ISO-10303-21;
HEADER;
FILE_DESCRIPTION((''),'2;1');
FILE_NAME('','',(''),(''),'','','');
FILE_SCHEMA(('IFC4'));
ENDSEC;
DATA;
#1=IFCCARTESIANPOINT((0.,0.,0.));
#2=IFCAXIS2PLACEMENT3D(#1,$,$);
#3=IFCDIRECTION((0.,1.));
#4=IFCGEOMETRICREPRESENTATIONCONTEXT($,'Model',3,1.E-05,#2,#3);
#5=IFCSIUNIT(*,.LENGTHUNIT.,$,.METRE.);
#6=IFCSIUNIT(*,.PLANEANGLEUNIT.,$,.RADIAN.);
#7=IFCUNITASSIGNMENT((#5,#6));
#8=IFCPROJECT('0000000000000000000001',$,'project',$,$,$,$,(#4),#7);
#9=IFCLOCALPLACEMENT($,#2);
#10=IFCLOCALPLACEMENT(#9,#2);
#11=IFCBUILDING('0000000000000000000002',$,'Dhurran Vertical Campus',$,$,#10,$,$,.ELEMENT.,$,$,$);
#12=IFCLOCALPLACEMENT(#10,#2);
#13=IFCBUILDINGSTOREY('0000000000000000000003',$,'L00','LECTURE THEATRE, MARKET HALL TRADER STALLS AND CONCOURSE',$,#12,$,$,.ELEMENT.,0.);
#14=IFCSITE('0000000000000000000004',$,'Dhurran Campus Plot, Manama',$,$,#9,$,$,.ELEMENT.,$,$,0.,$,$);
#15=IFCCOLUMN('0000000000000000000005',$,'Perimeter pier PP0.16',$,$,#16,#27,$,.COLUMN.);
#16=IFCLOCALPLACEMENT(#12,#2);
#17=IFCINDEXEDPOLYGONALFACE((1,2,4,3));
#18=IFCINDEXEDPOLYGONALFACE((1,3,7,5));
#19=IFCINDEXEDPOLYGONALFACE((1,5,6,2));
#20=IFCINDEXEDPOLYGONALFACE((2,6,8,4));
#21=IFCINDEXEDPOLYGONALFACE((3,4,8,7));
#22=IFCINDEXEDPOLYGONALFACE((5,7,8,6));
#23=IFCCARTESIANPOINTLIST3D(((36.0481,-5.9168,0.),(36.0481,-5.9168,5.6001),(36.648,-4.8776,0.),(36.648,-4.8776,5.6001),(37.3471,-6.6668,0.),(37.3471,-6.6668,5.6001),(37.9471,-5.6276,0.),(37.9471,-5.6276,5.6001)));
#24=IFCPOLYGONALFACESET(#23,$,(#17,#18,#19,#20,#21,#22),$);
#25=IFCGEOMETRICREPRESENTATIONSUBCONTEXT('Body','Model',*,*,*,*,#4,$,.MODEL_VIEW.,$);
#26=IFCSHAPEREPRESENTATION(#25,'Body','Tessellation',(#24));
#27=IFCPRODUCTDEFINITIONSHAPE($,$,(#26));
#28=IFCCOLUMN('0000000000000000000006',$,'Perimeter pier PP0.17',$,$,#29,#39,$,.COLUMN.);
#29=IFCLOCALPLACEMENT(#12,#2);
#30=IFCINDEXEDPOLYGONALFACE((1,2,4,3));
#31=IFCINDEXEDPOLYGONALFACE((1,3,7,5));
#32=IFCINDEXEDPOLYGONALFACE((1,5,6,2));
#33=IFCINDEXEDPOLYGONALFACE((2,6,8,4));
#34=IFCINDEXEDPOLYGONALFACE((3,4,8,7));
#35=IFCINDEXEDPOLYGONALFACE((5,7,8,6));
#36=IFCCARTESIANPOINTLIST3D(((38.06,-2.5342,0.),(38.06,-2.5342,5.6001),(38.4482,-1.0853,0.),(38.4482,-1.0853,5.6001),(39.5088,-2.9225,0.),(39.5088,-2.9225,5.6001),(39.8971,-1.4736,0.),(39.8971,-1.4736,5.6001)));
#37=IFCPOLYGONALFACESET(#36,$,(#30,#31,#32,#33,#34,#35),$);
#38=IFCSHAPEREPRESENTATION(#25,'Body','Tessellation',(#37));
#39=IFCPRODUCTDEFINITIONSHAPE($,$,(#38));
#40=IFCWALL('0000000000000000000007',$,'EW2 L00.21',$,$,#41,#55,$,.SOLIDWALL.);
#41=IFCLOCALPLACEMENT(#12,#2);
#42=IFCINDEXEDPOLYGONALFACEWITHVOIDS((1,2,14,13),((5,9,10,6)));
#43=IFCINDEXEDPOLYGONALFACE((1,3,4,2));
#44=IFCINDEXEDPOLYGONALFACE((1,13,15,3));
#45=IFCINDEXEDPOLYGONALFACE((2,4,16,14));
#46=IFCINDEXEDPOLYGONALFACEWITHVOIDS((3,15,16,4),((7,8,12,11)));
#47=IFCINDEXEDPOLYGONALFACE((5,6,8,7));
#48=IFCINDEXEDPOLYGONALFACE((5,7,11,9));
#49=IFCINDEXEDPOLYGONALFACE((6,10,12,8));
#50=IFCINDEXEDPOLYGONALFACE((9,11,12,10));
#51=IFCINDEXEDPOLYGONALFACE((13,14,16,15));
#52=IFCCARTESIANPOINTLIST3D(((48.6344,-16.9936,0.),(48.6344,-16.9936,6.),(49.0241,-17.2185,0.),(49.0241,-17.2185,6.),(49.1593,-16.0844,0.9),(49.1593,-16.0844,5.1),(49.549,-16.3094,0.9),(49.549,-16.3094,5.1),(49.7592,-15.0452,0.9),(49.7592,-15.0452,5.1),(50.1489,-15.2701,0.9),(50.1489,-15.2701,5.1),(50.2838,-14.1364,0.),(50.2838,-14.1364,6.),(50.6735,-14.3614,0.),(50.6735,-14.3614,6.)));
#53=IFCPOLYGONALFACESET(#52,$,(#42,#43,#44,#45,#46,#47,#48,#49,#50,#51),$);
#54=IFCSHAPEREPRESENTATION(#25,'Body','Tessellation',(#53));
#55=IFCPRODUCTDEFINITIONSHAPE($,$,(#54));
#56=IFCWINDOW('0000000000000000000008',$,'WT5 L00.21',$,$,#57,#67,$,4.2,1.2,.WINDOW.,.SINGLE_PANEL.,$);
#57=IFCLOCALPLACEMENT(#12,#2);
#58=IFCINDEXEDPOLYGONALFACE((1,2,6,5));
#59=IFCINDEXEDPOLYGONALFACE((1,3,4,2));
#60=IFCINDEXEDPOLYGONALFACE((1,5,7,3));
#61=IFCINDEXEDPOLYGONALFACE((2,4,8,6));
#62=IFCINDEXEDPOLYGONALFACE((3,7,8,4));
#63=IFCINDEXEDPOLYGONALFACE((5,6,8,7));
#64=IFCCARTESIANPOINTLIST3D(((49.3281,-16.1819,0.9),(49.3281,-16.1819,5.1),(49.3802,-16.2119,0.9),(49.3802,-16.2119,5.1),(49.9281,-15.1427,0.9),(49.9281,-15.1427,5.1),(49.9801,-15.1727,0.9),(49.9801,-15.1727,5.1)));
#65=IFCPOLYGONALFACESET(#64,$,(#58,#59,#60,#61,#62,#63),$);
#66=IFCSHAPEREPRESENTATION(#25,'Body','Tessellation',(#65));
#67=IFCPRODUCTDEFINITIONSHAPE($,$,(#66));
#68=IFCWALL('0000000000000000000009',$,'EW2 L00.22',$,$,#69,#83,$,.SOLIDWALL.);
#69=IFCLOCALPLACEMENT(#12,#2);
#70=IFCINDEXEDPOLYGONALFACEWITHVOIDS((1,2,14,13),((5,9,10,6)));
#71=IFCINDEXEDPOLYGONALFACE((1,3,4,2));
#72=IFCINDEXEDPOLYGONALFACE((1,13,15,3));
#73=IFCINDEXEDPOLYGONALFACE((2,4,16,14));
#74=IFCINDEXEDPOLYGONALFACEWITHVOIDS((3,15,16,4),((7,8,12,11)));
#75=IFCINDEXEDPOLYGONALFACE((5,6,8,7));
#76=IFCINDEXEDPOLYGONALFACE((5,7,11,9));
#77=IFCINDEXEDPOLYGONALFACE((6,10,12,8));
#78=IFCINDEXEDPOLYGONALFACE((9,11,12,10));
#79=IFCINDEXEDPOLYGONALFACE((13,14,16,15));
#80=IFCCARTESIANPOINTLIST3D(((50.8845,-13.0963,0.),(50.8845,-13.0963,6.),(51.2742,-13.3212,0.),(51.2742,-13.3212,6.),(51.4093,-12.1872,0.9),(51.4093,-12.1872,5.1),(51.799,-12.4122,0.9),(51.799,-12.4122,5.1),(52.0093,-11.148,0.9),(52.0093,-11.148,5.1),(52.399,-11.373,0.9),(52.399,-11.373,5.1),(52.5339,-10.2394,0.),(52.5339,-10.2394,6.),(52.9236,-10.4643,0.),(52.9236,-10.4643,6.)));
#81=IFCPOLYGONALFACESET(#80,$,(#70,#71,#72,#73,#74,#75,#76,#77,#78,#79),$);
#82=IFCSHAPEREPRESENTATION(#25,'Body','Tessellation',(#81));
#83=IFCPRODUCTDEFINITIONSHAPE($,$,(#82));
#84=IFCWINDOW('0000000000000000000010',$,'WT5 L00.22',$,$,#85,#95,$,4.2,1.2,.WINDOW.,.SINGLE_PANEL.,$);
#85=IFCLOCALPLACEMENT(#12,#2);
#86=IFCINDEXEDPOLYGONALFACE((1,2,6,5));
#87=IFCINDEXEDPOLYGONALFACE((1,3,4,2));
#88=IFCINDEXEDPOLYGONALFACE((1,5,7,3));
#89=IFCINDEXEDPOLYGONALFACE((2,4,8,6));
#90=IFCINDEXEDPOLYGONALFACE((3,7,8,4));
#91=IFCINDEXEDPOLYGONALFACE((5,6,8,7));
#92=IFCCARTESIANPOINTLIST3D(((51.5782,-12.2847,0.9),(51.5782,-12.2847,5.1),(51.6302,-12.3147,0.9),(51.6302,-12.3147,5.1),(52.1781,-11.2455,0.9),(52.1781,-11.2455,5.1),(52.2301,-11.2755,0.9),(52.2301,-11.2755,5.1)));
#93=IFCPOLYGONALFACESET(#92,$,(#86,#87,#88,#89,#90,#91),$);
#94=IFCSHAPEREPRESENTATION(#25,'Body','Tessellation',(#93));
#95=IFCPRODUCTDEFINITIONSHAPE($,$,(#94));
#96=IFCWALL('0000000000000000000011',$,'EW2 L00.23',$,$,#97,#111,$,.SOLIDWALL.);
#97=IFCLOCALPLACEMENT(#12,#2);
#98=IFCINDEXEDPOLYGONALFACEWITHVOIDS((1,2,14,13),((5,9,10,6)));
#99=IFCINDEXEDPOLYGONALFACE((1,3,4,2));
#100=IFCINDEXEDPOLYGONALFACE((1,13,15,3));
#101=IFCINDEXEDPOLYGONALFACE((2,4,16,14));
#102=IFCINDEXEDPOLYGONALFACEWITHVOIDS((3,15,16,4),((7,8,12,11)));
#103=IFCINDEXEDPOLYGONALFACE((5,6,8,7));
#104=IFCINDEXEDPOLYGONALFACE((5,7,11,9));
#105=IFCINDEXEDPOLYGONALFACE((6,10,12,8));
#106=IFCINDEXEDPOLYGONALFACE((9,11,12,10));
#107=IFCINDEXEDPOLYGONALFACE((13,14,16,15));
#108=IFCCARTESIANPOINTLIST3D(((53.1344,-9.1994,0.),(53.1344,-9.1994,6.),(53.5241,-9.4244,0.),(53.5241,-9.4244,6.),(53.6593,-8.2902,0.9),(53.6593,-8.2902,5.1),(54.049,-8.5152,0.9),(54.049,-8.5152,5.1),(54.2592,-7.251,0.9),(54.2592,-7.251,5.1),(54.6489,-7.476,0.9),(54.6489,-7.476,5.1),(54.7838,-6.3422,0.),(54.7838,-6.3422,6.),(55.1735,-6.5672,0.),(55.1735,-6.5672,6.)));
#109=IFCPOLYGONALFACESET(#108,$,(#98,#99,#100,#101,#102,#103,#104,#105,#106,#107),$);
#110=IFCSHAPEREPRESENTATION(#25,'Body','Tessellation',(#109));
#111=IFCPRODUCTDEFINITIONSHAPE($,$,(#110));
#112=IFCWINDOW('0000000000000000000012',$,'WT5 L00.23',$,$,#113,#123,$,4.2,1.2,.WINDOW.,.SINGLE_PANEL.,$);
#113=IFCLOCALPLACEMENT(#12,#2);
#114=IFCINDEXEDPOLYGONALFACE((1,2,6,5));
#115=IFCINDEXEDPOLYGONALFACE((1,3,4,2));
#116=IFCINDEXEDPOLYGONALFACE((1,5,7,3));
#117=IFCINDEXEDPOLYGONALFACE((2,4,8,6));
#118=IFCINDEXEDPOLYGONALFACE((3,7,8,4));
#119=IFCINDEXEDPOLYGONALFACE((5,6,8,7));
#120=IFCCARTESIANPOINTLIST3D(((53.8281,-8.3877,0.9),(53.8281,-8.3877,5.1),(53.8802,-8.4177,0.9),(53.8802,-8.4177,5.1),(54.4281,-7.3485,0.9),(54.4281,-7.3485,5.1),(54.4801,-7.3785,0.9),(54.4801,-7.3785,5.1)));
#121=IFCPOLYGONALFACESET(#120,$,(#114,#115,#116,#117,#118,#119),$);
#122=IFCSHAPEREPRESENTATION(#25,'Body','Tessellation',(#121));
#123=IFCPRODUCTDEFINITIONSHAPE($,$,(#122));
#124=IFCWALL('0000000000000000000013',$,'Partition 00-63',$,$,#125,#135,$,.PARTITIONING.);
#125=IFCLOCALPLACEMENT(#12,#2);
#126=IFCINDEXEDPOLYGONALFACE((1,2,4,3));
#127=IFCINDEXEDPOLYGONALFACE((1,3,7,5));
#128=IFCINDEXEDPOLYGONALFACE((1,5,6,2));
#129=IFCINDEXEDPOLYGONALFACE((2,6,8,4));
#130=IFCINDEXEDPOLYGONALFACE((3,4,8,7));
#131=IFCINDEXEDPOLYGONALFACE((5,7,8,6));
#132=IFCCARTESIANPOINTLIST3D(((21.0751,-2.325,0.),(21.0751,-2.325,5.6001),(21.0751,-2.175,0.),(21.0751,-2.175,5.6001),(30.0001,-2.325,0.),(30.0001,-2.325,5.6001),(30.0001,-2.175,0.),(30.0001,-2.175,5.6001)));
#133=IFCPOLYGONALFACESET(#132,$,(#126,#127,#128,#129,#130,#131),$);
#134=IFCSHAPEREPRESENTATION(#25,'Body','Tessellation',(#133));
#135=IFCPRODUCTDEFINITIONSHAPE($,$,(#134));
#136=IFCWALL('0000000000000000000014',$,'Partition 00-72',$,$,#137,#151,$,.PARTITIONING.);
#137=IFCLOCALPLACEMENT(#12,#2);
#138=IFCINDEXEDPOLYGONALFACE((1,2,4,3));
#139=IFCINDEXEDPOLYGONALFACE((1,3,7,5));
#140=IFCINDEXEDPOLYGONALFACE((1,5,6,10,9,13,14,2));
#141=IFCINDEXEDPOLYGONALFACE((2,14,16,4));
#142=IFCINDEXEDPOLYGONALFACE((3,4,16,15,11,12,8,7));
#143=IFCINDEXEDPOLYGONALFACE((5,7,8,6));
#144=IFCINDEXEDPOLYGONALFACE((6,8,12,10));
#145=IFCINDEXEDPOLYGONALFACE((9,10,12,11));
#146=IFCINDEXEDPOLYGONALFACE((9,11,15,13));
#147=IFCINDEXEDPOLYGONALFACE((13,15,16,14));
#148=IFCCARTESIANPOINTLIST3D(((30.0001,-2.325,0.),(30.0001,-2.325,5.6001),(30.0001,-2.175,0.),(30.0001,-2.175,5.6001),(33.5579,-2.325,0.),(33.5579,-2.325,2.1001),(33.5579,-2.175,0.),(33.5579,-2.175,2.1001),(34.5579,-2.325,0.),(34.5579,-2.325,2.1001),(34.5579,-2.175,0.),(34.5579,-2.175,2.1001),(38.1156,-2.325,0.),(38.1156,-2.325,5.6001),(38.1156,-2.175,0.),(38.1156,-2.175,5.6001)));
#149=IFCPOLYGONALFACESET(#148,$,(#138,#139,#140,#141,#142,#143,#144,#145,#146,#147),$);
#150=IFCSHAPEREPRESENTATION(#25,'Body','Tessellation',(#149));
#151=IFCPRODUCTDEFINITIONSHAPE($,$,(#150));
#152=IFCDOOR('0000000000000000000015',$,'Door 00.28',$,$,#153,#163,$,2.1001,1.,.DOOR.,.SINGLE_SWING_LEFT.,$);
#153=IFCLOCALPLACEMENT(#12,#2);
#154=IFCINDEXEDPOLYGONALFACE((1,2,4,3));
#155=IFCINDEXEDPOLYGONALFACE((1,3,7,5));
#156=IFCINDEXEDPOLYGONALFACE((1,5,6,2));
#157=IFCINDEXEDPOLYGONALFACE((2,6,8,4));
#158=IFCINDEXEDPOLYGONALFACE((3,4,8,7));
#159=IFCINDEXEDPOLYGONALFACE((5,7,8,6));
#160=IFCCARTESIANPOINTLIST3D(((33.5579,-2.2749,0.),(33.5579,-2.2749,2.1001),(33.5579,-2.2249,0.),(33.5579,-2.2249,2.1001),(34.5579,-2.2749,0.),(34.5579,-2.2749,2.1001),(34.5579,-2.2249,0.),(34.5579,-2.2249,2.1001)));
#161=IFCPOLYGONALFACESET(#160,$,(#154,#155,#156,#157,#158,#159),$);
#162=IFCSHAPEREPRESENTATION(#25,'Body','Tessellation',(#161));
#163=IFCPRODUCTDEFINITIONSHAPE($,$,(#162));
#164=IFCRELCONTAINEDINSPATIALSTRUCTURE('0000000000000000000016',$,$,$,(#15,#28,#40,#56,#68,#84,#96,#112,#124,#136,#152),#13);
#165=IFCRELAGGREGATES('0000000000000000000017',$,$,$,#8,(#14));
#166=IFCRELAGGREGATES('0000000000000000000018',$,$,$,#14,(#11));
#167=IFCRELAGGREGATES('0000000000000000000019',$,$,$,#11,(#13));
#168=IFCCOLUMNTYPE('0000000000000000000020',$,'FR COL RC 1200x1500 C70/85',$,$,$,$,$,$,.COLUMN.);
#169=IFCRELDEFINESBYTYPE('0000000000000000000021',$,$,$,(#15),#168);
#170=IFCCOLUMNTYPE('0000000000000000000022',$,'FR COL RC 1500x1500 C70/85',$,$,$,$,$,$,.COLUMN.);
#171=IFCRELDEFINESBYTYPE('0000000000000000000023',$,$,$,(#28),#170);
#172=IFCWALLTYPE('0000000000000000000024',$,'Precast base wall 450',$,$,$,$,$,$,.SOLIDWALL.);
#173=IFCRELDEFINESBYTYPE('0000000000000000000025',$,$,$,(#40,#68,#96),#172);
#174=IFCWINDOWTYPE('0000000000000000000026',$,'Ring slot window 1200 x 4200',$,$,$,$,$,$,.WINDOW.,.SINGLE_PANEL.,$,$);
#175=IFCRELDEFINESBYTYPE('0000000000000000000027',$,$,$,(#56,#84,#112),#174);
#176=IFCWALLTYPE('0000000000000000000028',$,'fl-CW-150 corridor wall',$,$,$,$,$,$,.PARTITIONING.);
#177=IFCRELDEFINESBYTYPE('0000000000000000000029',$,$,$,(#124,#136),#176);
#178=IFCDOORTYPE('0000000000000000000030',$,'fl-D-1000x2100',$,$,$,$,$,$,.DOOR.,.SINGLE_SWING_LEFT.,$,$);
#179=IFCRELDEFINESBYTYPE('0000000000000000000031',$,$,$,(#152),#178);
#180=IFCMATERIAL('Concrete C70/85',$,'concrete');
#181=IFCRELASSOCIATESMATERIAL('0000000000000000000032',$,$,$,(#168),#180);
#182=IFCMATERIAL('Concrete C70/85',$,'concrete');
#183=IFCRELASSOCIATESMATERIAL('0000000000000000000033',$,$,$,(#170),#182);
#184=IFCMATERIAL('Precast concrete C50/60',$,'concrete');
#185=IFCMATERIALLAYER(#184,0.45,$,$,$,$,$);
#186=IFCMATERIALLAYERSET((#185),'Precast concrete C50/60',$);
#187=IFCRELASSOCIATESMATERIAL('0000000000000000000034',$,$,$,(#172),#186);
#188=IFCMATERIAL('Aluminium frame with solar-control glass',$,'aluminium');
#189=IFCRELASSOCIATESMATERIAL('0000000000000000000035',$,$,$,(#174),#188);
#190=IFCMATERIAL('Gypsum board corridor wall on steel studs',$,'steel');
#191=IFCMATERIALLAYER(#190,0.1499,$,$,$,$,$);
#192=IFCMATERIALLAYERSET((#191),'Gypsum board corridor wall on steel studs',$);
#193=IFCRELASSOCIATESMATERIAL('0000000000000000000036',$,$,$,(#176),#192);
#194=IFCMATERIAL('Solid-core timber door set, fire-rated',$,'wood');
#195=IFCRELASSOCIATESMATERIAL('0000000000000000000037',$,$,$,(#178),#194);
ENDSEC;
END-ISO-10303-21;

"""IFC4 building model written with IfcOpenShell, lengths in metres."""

from ifc_helpers import new_model, si_unit, direction, frame, frame_2d, origin, origin_2d, place, context, subcontext, project, spatial, rectangle, extrude, material, layer, layer_set, material_profile, profile_set, type_object, element, fill, save


model = new_model("IFC4")

# Units and contexts
model_context = context("Model", 3, precision=1e-05, world=origin(), true_north=direction((0.0, 1.0)))
body_context = subcontext(model_context, "Body", "Model", "MODEL_VIEW")
ifc_project = project(units=[si_unit("LENGTHUNIT", "METRE"), si_unit("PLANEANGLEUNIT", "RADIAN")], contexts=[model_context])

# Site, building, storey
site_placement = place(None, origin())
site = spatial("IfcSite", under=ifc_project, at=site_placement, Name="Dhurran Campus Plot, Manama", CompositionType="ELEMENT", RefElevation=0.0)
building_placement = place(site_placement, origin())
building = spatial("IfcBuilding", under=site, at=building_placement, Name="Dhurran Vertical Campus", CompositionType="ELEMENT")
storey_placement = place(building_placement, origin())
storey = spatial("IfcBuildingStorey", under=building, at=storey_placement, Name="L00", Description="LECTURE THEATRE, MARKET HALL TRADER STALLS AND CONCOURSE", CompositionType="ELEMENT", Elevation=0.0)

# Columns
ifc_material_1 = material(Name="Concrete C70/85", Category="concrete")
ifc_material_profile_1 = material_profile(ifc_material_1, rectangle(XDim=1.2, YDim=1.5, at=origin_2d()), Name="RC 1200x1500")
ifc_profile_set_1 = profile_set([ifc_material_profile_1], Name="Concrete C70/85")
column_type_1 = type_object("IfcColumnType", Name="FR COL RC 1200x1500 C70/85", PredefinedType="COLUMN", material=ifc_profile_set_1)
for number, where, z_axis, x_axis, name in (
    (1, (36.9976, -5.7722, 0.0), (0.0, 0.0, 1.0), (0.5, 0.866025, 0.0), "Perimeter pier PP0.16"),
):
    element("IfcColumn", number, at=place(storey_placement, frame(where, z_axis=z_axis, x_axis=x_axis)), inside=storey, type_object=column_type_1, Name=name, PredefinedType="COLUMN", context=body_context, shape_type="SweptSolid", body=[
        extrude(rectangle(XDim=1.2, YDim=1.5, at=origin_2d()), origin(), (0.0, 0.0, 1.0), 5.6001),
    ])
ifc_material_2 = material(Name="Concrete C70/85", Category="concrete")
ifc_material_profile_2 = material_profile(ifc_material_2, rectangle(XDim=1.5, YDim=1.5, at=origin_2d()), Name="RC 1500x1500")
ifc_profile_set_2 = profile_set([ifc_material_profile_2], Name="Concrete C70/85")
column_type_2 = type_object("IfcColumnType", Name="FR COL RC 1500x1500 C70/85", PredefinedType="COLUMN", material=ifc_profile_set_2)
column_placement = place(storey_placement, frame((38.9785, -2.0039, 0.0), z_axis=(0.0, 0.0, 1.0), x_axis=(0.258819, 0.965926, 0.0)))
element("IfcColumn", 2, at=column_placement, inside=storey, type_object=column_type_2, Name="Perimeter pier PP0.17", PredefinedType="COLUMN", context=body_context, shape_type="SweptSolid", body=[
    extrude(rectangle(XDim=1.5, YDim=1.5, at=origin_2d()), origin(), (0.0, 0.0, 1.0), 5.6001),
])

# Walls, openings, windows
ifc_material_3 = material(Name="Precast concrete C50/60", Category="concrete")
ifc_layer_1 = layer(ifc_material_3, 0.45)
ifc_layer_set_1 = layer_set([ifc_layer_1], Name="Precast concrete C50/60")
wall_type_1 = type_object("IfcWallType", Name="Precast base wall 450", PredefinedType="SOLIDWALL", material=ifc_layer_set_1)
wall_1_placement = place(storey_placement, frame((48.8293, -17.106, 0.0), z_axis=(0.0, 0.0, 1.0), x_axis=(0.499959, 0.866049, 0.0)))
wall_1 = element("IfcWall", 3, at=wall_1_placement, inside=storey, type_object=wall_type_1, Name="EW2 L00.21", PredefinedType="SOLIDWALL", context=body_context, shape_type="SweptSolid", body=[
    extrude(rectangle(XDim=3.2991, YDim=0.45, at=frame_2d((1.6494, 0.0))), origin(), (0.0, 0.0, 1.0), 6.0),
])
opening_1_placement = place(wall_1_placement, frame((1.0496, 0.0, 0.8999)))
opening_1 = element("IfcOpeningElement", 4, at=opening_1_placement, cuts=wall_1, PredefinedType="OPENING", context=body_context, shape_type="SweptSolid", body=[
    extrude(rectangle(XDim=1.2, YDim=4.2, at=frame_2d((0.6001, 2.1001))), frame((0.0, 0.2349, 0.0), z_axis=(0.0, -1.0, 0.0), x_axis=(1.0, 0.0, 0.0)), (0.0, 0.0, 1.0), 0.47),
])
ifc_material_4 = material(Name="Aluminium frame with solar-control glass", Category="aluminium")
window_type = type_object("IfcWindowType", Name="Ring slot window 1200 x 4200", PartitioningType="SINGLE_PANEL", PredefinedType="WINDOW", material=ifc_material_4)
window_1_placement = place(opening_1_placement, origin())
window_1 = element("IfcWindow", 5, at=window_1_placement, inside=storey, type_object=window_type, Name="WT5 L00.21", OverallHeight=4.2, OverallWidth=1.2, PartitioningType="SINGLE_PANEL", PredefinedType="WINDOW", context=body_context, shape_type="SweptSolid", body=[
    extrude(rectangle(XDim=1.2, YDim=4.2, at=frame_2d((0.6001, 2.1001))), frame((0.0, 0.03, 0.0), z_axis=(0.0, -1.0, 0.0), x_axis=(1.0, 0.0, 0.0)), (0.0, 0.0, 1.0), 0.0601),
])
fill(opening_1, window_1)
wall_2_placement = place(storey_placement, frame((51.0793, -13.2087, 0.0), z_axis=(0.0, 0.0, 1.0), x_axis=(0.499992, 0.86603, 0.0)))
wall_2 = element("IfcWall", 6, at=wall_2_placement, inside=storey, type_object=wall_type_1, Name="EW2 L00.22", PredefinedType="SOLIDWALL", context=body_context, shape_type="SweptSolid", body=[
    extrude(rectangle(XDim=3.2988, YDim=0.45, at=frame_2d((1.6494, 0.0))), origin(), (0.0, 0.0, 1.0), 6.0),
])
opening_2_placement = place(wall_2_placement, frame((1.0496, 0.0, 0.8999)))
opening_2 = element("IfcOpeningElement", 7, at=opening_2_placement, cuts=wall_2, PredefinedType="OPENING", context=body_context, shape_type="SweptSolid", body=[
    extrude(rectangle(XDim=1.2, YDim=4.2, at=frame_2d((0.6001, 2.1001))), frame((0.0, 0.2349, 0.0), z_axis=(0.0, -1.0, 0.0), x_axis=(1.0, 0.0, 0.0)), (0.0, 0.0, 1.0), 0.47),
])
window_2_placement = place(opening_2_placement, origin())
window_2 = element("IfcWindow", 8, at=window_2_placement, inside=storey, type_object=window_type, Name="WT5 L00.22", OverallHeight=4.2, OverallWidth=1.2, PartitioningType="SINGLE_PANEL", PredefinedType="WINDOW", context=body_context, shape_type="SweptSolid", body=[
    extrude(rectangle(XDim=1.2, YDim=4.2, at=frame_2d((0.6001, 2.1001))), frame((0.0, 0.03, 0.0), z_axis=(0.0, -1.0, 0.0), x_axis=(1.0, 0.0, 0.0)), (0.0, 0.0, 1.0), 0.0601),
])
fill(opening_2, window_2)
wall_3_placement = place(storey_placement, frame((53.3293, -9.3118, 0.0), z_axis=(0.0, 0.0, 1.0), x_axis=(0.499959, 0.866049, 0.0)))
wall_3 = element("IfcWall", 9, at=wall_3_placement, inside=storey, type_object=wall_type_1, Name="EW2 L00.23", PredefinedType="SOLIDWALL", context=body_context, shape_type="SweptSolid", body=[
    extrude(rectangle(XDim=3.2991, YDim=0.45, at=frame_2d((1.6494, 0.0))), origin(), (0.0, 0.0, 1.0), 6.0),
])
opening_3_placement = place(wall_3_placement, frame((1.0496, 0.0, 0.8999)))
opening_3 = element("IfcOpeningElement", 10, at=opening_3_placement, cuts=wall_3, PredefinedType="OPENING", context=body_context, shape_type="SweptSolid", body=[
    extrude(rectangle(XDim=1.2, YDim=4.2, at=frame_2d((0.6001, 2.1001))), frame((0.0, 0.2349, 0.0), z_axis=(0.0, -1.0, 0.0), x_axis=(1.0, 0.0, 0.0)), (0.0, 0.0, 1.0), 0.47),
])
window_3_placement = place(opening_3_placement, origin())
window_3 = element("IfcWindow", 11, at=window_3_placement, inside=storey, type_object=window_type, Name="WT5 L00.23", OverallHeight=4.2, OverallWidth=1.2, PartitioningType="SINGLE_PANEL", PredefinedType="WINDOW", context=body_context, shape_type="SweptSolid", body=[
    extrude(rectangle(XDim=1.2, YDim=4.2, at=frame_2d((0.6001, 2.1001))), frame((0.0, 0.03, 0.0), z_axis=(0.0, -1.0, 0.0), x_axis=(1.0, 0.0, 0.0)), (0.0, 0.0, 1.0), 0.0601),
])
fill(opening_3, window_3)

# Wall
ifc_material_5 = material(Name="Gypsum board corridor wall on steel studs", Category="steel")
ifc_layer_2 = layer(ifc_material_5, 0.1499)
ifc_layer_set_2 = layer_set([ifc_layer_2], Name="Gypsum board corridor wall on steel studs")
wall_type_2 = type_object("IfcWallType", Name="fl-CW-150 corridor wall", PredefinedType="PARTITIONING", material=ifc_layer_set_2)
wall_4_placement = place(storey_placement, frame((30.0, -2.25, 0.0), z_axis=(0.0, 0.0, 1.0), x_axis=(-1.0, 0.0, 0.0)))
element("IfcWall", 12, at=wall_4_placement, inside=storey, type_object=wall_type_2, Name="Partition 00-63", PredefinedType="PARTITIONING", context=body_context, shape_type="SweptSolid", body=[
    extrude(rectangle(XDim=8.925, YDim=0.1499, at=frame_2d((4.4624, 0.0))), origin(), (0.0, 0.0, 1.0), 5.6001),
])

# Wall, opening, door
wall_5_placement = place(storey_placement, frame((38.1155, -2.25, 0.0), z_axis=(0.0, 0.0, 1.0), x_axis=(-1.0, 0.0, 0.0)))
wall_5 = element("IfcWall", 13, at=wall_5_placement, inside=storey, type_object=wall_type_2, Name="Partition 00-72", PredefinedType="PARTITIONING", context=body_context, shape_type="SweptSolid", body=[
    extrude(rectangle(XDim=8.1155, YDim=0.1499, at=frame_2d((4.0576, 0.0))), origin(), (0.0, 0.0, 1.0), 5.6001),
])
opening_4_placement = place(wall_5_placement, frame((3.5576, 0.0, 0.0)))
opening_4 = element("IfcOpeningElement", 14, at=opening_4_placement, cuts=wall_5, PredefinedType="OPENING", context=body_context, shape_type="SweptSolid", body=[
    extrude(rectangle(XDim=1.0, YDim=2.1001, at=frame_2d((0.5, 1.05))), frame((0.0, 0.085, 0.0), z_axis=(0.0, -1.0, 0.0), x_axis=(1.0, 0.0, 0.0)), (0.0, 0.0, 1.0), 0.1699),
])
ifc_material_6 = material(Name="Solid-core timber door set, fire-rated", Category="wood")
door_type = type_object("IfcDoorType", Name="fl-D-1000x2100", OperationType="SINGLE_SWING_LEFT", PredefinedType="DOOR", material=ifc_material_6)
door_1_placement = place(opening_4_placement, origin())
door_1 = element("IfcDoor", 15, at=door_1_placement, inside=storey, type_object=door_type, Name="Door 00.28", OperationType="SINGLE_SWING_LEFT", OverallHeight=2.1001, OverallWidth=1.0, PredefinedType="DOOR", context=body_context, shape_type="SweptSolid", body=[
    extrude(rectangle(XDim=1.0, YDim=2.1001, at=frame_2d((0.5, 1.05))), frame((0.0, 0.0249, 0.0), z_axis=(0.0, -1.0, 0.0), x_axis=(1.0, 0.0, 0.0)), (0.0, 0.0, 1.0), 0.05),
])
fill(opening_4, door_1)

save(model, "model.ifc")
